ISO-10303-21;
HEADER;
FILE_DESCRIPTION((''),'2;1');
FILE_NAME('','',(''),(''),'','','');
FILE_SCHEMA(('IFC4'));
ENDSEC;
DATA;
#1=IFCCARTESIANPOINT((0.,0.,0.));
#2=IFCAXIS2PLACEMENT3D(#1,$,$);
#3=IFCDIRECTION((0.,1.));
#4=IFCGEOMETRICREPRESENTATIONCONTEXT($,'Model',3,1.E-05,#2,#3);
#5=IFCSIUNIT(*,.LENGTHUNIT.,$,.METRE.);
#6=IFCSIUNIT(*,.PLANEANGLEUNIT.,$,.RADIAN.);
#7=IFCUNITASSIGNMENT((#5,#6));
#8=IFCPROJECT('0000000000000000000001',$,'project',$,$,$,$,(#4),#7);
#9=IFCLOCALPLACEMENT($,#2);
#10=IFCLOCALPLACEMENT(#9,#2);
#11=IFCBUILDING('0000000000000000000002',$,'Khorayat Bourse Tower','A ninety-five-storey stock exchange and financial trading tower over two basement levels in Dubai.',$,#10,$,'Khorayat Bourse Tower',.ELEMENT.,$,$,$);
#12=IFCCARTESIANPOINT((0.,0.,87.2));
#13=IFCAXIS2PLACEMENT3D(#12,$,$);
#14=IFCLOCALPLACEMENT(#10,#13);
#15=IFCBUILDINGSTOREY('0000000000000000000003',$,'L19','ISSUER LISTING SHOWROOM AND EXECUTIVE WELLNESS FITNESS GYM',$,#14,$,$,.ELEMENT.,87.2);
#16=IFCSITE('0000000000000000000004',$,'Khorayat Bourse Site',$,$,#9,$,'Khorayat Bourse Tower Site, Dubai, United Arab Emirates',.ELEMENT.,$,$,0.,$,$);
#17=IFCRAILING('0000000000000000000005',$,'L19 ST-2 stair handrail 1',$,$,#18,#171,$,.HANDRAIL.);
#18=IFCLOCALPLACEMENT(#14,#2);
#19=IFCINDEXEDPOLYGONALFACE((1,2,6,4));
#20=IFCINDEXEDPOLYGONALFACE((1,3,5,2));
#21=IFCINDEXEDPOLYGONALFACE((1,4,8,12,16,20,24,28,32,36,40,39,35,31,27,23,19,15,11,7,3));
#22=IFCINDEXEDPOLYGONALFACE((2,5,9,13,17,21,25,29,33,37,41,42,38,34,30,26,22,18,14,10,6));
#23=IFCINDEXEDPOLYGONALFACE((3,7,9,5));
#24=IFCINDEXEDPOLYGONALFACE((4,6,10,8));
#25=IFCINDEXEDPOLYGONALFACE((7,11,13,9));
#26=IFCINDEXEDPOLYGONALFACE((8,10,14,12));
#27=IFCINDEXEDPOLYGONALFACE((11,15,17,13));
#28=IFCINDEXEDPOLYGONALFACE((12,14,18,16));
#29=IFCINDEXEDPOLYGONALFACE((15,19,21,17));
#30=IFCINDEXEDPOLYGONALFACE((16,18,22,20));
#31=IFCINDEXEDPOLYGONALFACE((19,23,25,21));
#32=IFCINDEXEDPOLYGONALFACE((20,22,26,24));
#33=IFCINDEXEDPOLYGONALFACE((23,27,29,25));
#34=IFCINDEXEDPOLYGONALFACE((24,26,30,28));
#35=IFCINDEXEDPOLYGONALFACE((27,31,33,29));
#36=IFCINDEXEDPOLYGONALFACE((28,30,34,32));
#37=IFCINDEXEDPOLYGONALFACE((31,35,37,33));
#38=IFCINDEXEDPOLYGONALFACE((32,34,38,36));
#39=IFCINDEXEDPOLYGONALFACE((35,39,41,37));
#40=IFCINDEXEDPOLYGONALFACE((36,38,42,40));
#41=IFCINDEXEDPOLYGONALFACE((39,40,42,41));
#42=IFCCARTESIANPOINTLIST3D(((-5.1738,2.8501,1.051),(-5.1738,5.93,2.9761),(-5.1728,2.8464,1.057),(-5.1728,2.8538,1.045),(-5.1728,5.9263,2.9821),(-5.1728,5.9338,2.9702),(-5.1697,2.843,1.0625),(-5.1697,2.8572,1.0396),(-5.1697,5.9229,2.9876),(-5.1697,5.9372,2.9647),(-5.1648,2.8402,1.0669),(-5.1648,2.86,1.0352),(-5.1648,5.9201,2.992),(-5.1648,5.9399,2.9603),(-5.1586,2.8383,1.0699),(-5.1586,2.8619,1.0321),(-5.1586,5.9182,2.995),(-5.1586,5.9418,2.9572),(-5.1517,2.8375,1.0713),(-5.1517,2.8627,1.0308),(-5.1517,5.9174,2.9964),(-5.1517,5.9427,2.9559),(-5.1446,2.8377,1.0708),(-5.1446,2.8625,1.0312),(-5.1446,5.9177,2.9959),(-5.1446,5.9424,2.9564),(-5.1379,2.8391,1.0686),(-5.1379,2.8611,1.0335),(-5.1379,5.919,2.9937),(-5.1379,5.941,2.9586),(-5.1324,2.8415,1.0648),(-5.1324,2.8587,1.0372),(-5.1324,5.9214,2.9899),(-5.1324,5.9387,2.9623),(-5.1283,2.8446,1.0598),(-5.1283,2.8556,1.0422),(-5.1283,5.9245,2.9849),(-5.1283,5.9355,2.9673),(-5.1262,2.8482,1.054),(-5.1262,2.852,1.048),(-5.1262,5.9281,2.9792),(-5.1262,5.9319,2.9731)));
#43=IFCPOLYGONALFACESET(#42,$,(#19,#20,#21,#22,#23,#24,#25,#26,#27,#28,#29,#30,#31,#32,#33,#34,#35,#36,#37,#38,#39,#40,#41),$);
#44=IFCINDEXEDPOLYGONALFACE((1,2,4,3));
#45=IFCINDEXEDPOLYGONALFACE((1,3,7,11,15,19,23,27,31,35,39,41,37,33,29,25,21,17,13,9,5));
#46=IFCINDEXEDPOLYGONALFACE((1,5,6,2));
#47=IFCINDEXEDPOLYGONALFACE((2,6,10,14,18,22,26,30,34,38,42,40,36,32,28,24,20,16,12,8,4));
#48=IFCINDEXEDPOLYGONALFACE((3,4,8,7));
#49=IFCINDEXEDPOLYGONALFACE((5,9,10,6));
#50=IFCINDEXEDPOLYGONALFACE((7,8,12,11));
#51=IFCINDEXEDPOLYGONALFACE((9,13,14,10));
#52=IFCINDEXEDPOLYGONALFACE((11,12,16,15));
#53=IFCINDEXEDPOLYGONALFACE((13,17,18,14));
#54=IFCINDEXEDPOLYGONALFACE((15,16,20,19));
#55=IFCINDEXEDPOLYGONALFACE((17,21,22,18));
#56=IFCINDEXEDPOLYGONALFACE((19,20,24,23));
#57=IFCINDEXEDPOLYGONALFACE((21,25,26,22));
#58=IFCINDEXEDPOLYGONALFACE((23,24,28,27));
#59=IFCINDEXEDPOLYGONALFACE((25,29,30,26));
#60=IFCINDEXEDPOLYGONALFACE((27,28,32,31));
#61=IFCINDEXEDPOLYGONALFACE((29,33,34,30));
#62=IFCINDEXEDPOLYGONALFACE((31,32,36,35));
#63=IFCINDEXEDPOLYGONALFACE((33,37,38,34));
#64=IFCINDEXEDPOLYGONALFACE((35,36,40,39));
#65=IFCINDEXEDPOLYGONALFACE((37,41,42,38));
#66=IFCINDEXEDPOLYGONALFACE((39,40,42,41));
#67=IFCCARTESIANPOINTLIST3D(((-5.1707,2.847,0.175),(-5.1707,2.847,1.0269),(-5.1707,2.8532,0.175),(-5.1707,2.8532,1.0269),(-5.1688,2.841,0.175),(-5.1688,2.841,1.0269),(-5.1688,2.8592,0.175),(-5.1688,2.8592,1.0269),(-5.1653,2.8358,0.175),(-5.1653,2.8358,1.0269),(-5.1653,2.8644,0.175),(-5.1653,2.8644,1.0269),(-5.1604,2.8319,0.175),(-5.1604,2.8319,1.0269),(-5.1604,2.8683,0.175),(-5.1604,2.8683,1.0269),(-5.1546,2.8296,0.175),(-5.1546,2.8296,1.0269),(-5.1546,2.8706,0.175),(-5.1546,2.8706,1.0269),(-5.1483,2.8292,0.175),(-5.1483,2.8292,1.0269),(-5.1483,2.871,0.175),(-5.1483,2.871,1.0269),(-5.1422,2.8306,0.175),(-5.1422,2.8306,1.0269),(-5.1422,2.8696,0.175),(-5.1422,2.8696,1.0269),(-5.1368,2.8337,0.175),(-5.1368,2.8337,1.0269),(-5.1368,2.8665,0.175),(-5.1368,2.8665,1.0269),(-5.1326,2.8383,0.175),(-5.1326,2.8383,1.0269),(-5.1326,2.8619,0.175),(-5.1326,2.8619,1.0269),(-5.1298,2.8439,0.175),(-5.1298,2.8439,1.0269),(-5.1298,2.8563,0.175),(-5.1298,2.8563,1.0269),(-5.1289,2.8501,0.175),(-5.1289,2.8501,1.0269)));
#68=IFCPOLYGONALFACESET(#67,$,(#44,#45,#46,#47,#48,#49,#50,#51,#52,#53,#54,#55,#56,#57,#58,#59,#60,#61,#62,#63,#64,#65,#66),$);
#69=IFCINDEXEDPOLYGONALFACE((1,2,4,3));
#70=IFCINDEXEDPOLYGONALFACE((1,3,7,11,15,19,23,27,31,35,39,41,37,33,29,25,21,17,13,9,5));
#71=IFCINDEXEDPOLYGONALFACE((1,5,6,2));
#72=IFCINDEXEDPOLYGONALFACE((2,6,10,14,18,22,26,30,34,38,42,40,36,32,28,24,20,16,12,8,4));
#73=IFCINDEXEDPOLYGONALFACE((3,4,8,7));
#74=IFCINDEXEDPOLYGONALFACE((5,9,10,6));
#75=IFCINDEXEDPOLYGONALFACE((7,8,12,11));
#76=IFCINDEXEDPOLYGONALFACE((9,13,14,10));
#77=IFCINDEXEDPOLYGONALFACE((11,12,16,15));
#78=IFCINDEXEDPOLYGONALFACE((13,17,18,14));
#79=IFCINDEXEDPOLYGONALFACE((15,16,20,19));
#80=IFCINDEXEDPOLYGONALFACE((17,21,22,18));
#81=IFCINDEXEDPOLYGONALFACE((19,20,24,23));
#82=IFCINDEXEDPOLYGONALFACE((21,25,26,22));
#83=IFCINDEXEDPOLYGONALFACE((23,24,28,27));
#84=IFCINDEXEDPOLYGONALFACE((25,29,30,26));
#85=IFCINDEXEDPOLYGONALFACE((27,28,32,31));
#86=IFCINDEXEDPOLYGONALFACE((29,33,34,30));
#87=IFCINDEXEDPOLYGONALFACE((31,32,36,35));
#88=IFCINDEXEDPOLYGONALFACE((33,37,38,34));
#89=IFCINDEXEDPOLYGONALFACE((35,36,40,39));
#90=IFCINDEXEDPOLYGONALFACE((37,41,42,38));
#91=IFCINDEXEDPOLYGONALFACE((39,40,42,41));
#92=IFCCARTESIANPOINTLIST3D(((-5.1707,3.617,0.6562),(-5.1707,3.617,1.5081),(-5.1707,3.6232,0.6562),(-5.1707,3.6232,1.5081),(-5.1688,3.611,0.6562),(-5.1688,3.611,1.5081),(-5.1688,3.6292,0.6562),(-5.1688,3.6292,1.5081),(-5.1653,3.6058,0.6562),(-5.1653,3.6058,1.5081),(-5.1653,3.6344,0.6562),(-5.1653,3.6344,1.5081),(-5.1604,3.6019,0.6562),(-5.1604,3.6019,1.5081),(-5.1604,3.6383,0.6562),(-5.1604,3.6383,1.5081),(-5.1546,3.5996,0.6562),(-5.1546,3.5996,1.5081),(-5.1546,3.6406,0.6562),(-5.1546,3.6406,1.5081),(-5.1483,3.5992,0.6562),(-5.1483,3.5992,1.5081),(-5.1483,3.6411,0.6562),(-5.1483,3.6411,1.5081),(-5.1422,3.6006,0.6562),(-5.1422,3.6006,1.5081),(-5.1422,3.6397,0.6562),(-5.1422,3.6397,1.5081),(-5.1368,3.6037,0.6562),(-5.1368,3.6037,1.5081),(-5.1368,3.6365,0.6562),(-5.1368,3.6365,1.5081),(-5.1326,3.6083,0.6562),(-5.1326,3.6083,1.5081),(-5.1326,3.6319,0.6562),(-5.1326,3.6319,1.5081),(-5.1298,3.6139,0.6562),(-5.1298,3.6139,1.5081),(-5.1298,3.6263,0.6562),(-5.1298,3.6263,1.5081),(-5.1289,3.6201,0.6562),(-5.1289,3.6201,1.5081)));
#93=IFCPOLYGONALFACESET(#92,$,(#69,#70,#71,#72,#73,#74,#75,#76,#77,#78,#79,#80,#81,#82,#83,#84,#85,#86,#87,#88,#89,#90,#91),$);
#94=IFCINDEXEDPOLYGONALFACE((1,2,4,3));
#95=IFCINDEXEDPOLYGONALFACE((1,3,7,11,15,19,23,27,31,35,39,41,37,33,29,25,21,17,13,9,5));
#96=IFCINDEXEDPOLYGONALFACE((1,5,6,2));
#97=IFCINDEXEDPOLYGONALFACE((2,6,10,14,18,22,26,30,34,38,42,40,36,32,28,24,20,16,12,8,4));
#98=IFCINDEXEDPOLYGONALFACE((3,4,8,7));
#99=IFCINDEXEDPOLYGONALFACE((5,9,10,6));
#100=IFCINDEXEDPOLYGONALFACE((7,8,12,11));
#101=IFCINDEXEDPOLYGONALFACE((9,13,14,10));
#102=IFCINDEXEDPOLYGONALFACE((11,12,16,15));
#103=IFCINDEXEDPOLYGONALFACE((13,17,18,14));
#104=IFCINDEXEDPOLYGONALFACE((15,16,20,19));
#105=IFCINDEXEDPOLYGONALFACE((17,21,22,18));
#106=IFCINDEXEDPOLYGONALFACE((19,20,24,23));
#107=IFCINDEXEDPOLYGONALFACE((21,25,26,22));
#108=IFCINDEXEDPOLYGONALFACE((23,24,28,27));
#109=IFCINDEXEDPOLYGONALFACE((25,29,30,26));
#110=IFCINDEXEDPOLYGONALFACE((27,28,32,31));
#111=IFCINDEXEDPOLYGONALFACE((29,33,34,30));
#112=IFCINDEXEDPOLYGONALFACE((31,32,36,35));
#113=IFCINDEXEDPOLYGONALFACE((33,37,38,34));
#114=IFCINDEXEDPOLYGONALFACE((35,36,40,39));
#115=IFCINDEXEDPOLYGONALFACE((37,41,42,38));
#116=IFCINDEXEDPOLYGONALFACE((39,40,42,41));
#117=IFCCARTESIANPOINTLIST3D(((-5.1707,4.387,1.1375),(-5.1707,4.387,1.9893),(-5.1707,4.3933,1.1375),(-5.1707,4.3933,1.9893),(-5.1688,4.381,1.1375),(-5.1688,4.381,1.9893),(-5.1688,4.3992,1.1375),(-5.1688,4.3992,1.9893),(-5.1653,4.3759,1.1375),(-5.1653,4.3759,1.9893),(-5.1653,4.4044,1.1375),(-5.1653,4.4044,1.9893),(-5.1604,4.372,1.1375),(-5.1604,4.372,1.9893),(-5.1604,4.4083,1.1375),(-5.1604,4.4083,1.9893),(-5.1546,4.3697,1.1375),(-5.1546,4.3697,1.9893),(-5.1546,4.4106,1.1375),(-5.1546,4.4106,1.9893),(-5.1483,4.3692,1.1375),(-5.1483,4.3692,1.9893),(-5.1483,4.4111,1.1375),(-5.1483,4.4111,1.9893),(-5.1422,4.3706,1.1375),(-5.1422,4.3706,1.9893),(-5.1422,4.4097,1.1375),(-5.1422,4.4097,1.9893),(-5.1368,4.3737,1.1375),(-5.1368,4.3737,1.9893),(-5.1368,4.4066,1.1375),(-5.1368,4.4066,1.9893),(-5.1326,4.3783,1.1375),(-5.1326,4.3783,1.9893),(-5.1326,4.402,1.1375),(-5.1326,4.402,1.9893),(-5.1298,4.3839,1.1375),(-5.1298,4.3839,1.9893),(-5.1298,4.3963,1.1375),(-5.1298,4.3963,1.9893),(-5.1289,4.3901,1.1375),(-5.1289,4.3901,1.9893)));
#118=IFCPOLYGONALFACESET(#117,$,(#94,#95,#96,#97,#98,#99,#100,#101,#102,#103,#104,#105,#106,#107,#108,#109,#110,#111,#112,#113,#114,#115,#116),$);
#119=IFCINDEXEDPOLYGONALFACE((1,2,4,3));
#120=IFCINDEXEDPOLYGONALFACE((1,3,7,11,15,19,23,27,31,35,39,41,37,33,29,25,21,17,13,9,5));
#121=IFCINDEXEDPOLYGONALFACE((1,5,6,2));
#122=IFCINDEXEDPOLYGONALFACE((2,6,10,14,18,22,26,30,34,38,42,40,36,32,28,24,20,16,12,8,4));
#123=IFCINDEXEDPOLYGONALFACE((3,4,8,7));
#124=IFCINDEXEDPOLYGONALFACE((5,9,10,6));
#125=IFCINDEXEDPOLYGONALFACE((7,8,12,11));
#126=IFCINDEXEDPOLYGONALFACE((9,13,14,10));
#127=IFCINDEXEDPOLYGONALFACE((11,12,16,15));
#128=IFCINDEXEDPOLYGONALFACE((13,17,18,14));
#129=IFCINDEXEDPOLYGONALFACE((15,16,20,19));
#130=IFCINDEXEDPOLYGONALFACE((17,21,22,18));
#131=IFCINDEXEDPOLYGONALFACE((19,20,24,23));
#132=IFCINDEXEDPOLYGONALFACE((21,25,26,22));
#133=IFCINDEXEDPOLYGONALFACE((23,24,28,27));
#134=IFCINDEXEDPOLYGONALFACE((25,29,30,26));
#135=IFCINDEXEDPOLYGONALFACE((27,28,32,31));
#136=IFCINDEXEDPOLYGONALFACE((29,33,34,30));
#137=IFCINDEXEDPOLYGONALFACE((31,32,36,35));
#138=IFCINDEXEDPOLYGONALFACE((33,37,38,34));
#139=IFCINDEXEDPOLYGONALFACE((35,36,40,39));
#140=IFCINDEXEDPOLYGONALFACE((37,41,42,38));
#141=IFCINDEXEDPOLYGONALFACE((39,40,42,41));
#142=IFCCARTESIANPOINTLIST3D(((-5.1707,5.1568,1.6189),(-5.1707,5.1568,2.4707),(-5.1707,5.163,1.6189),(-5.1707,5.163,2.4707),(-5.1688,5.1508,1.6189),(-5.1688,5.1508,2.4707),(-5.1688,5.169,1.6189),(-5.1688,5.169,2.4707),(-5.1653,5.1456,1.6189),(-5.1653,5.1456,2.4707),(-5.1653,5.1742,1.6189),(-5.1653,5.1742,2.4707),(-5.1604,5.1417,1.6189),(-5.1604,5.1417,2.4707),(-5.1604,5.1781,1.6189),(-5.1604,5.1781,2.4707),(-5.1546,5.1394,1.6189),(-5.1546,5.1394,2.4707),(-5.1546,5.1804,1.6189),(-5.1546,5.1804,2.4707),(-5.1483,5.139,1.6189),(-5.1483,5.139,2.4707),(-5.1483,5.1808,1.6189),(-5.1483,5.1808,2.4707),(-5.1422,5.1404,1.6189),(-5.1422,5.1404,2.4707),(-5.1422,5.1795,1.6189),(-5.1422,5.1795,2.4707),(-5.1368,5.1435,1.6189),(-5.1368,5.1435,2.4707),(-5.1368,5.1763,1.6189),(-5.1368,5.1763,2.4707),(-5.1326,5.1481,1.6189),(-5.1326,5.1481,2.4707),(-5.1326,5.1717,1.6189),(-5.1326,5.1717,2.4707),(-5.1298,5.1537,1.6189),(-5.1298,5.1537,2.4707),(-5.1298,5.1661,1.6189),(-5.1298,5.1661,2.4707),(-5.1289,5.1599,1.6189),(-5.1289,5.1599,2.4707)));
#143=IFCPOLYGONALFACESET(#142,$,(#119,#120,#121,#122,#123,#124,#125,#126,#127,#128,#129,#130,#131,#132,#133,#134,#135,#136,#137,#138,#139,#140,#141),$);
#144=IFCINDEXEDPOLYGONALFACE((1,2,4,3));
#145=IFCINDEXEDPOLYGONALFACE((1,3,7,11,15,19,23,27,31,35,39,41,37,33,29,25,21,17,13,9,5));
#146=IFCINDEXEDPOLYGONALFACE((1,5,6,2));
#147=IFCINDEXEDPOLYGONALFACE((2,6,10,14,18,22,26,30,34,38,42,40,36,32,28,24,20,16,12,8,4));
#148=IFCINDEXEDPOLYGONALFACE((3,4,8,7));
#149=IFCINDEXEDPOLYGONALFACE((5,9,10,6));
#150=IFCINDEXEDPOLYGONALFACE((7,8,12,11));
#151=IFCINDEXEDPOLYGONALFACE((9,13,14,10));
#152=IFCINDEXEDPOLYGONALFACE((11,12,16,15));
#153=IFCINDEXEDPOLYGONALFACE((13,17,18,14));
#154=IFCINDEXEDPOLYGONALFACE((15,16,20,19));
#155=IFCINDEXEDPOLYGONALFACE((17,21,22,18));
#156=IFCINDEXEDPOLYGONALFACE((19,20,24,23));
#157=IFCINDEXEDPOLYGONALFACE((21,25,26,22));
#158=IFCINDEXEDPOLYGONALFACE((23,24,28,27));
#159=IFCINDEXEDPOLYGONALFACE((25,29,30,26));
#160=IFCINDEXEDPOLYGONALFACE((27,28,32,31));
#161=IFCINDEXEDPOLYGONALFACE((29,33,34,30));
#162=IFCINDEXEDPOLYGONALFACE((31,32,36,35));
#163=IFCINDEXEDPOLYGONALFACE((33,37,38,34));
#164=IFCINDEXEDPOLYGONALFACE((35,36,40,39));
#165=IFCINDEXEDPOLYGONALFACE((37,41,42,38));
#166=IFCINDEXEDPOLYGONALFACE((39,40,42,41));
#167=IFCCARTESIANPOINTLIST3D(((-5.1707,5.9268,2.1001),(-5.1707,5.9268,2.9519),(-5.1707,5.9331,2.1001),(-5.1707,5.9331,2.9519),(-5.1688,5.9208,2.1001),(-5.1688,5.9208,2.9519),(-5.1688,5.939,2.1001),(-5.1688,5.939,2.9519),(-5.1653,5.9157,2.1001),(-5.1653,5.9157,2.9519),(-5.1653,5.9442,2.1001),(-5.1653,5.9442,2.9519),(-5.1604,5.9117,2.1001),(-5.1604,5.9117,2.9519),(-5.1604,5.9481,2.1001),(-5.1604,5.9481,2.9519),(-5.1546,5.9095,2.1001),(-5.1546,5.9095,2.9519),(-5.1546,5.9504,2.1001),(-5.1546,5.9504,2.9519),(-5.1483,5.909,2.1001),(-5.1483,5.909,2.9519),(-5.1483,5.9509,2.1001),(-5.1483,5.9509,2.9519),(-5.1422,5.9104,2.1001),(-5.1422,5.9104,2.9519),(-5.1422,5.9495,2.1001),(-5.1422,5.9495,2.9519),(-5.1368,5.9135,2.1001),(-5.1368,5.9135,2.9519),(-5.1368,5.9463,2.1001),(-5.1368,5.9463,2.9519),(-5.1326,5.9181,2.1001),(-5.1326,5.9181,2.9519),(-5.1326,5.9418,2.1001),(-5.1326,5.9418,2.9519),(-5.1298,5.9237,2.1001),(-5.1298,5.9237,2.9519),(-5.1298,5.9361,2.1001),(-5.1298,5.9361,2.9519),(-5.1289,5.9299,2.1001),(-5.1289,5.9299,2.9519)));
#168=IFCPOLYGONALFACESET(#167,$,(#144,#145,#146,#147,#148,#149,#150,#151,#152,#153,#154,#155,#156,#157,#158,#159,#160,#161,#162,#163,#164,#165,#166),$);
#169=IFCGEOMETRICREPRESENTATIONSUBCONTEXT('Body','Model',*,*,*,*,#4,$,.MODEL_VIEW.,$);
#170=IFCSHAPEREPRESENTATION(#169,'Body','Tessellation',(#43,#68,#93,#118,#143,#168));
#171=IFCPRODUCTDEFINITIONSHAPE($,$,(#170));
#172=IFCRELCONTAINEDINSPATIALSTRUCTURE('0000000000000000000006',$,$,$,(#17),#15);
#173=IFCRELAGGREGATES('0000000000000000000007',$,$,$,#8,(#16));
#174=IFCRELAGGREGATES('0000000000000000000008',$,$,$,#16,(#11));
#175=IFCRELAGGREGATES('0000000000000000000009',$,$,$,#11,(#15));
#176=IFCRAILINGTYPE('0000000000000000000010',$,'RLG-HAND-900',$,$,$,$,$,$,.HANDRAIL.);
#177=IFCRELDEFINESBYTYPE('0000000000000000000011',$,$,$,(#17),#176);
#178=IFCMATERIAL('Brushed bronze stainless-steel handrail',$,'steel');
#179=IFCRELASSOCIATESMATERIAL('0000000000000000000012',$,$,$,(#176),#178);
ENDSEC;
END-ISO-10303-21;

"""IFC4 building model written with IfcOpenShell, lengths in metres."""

from ifc_helpers import new_model, si_unit, direction, frame, origin, origin_2d, place, context, subcontext, project, spatial, circle, extrude, source, transform, mapped, material, type_object, element, save


model = new_model("IFC4")

# Units and contexts
model_context = context("Model", 3, precision=1e-05, world=origin(), true_north=direction((0.0, 1.0)))
body_context = subcontext(model_context, "Body", "Model", "MODEL_VIEW")
ifc_project = project(units=[si_unit("LENGTHUNIT", "METRE"), si_unit("PLANEANGLEUNIT", "RADIAN")], contexts=[model_context])

# Site, building, storey
site_placement = place(None, origin())
site = spatial("IfcSite", under=ifc_project, at=site_placement, Name="Khorayat Bourse Site", LongName="Khorayat Bourse Tower Site, Dubai, United Arab Emirates", CompositionType="ELEMENT", RefElevation=0.0)
building_placement = place(site_placement, origin())
building = spatial("IfcBuilding", under=site, at=building_placement, Name="Khorayat Bourse Tower", Description="A ninety-five-storey stock exchange and financial trading tower over two basement levels in Dubai.", LongName="Khorayat Bourse Tower", CompositionType="ELEMENT")
storey_placement = place(building_placement, frame((0.0, 0.0, 87.2)))
storey = spatial("IfcBuildingStorey", under=building, at=storey_placement, Name="L19", Description="ISSUER LISTING SHOWROOM AND EXECUTIVE WELLNESS FITNESS GYM", CompositionType="ELEMENT", Elevation=87.2)

# Railing
ifc_material_1 = material(Name="Brushed bronze stainless-steel handrail", Category="steel")
railing_type_1 = type_object("IfcRailingType", Name="RLG-HAND-900", PredefinedType="HANDRAIL", material=ifc_material_1)
shared_shape_1 = source(origin(), body_context, "Body", "SweptSolid", [
    extrude(circle(Radius=0.0239, at=origin_2d()), frame((0.0, 0.0, 0.876), z_axis=(0.0, 0.847979, 0.530029), x_axis=(-1.0, 0.0, 0.0)), (0.0, 0.0, 1.0), 3.6321),
    extrude(circle(Radius=0.021, at=origin_2d()), origin(), (0.0, 0.0, 1.0), 0.8518),
    extrude(circle(Radius=0.021, at=origin_2d()), frame((0.0, 0.77, 0.4812)), (0.0, 0.0, 1.0), 0.8518),
    extrude(circle(Radius=0.021, at=origin_2d()), frame((0.0, 1.54, 0.9624)), (0.0, 0.0, 1.0), 0.8518),
    extrude(circle(Radius=0.021, at=origin_2d()), frame((0.0, 2.3098, 1.4438)), (0.0, 0.0, 1.0), 0.8518),
    extrude(circle(Radius=0.021, at=origin_2d()), frame((0.0, 3.0798, 1.925)), (0.0, 0.0, 1.0), 0.8518),
])
railing_1_placement = place(storey_placement, frame((-5.1499, 2.8501, 0.175)))
element("IfcRailing", 1, at=railing_1_placement, inside=storey, type_object=railing_type_1, Name="L19 ST-2 stair handrail 1", PredefinedType="HANDRAIL", context=body_context, shape_type="MappedRepresentation", body=[
    mapped(shared_shape_1, transform((0.0, 0.0, 0.0), scale=1.0)),
])

save(model, "model.ifc")
